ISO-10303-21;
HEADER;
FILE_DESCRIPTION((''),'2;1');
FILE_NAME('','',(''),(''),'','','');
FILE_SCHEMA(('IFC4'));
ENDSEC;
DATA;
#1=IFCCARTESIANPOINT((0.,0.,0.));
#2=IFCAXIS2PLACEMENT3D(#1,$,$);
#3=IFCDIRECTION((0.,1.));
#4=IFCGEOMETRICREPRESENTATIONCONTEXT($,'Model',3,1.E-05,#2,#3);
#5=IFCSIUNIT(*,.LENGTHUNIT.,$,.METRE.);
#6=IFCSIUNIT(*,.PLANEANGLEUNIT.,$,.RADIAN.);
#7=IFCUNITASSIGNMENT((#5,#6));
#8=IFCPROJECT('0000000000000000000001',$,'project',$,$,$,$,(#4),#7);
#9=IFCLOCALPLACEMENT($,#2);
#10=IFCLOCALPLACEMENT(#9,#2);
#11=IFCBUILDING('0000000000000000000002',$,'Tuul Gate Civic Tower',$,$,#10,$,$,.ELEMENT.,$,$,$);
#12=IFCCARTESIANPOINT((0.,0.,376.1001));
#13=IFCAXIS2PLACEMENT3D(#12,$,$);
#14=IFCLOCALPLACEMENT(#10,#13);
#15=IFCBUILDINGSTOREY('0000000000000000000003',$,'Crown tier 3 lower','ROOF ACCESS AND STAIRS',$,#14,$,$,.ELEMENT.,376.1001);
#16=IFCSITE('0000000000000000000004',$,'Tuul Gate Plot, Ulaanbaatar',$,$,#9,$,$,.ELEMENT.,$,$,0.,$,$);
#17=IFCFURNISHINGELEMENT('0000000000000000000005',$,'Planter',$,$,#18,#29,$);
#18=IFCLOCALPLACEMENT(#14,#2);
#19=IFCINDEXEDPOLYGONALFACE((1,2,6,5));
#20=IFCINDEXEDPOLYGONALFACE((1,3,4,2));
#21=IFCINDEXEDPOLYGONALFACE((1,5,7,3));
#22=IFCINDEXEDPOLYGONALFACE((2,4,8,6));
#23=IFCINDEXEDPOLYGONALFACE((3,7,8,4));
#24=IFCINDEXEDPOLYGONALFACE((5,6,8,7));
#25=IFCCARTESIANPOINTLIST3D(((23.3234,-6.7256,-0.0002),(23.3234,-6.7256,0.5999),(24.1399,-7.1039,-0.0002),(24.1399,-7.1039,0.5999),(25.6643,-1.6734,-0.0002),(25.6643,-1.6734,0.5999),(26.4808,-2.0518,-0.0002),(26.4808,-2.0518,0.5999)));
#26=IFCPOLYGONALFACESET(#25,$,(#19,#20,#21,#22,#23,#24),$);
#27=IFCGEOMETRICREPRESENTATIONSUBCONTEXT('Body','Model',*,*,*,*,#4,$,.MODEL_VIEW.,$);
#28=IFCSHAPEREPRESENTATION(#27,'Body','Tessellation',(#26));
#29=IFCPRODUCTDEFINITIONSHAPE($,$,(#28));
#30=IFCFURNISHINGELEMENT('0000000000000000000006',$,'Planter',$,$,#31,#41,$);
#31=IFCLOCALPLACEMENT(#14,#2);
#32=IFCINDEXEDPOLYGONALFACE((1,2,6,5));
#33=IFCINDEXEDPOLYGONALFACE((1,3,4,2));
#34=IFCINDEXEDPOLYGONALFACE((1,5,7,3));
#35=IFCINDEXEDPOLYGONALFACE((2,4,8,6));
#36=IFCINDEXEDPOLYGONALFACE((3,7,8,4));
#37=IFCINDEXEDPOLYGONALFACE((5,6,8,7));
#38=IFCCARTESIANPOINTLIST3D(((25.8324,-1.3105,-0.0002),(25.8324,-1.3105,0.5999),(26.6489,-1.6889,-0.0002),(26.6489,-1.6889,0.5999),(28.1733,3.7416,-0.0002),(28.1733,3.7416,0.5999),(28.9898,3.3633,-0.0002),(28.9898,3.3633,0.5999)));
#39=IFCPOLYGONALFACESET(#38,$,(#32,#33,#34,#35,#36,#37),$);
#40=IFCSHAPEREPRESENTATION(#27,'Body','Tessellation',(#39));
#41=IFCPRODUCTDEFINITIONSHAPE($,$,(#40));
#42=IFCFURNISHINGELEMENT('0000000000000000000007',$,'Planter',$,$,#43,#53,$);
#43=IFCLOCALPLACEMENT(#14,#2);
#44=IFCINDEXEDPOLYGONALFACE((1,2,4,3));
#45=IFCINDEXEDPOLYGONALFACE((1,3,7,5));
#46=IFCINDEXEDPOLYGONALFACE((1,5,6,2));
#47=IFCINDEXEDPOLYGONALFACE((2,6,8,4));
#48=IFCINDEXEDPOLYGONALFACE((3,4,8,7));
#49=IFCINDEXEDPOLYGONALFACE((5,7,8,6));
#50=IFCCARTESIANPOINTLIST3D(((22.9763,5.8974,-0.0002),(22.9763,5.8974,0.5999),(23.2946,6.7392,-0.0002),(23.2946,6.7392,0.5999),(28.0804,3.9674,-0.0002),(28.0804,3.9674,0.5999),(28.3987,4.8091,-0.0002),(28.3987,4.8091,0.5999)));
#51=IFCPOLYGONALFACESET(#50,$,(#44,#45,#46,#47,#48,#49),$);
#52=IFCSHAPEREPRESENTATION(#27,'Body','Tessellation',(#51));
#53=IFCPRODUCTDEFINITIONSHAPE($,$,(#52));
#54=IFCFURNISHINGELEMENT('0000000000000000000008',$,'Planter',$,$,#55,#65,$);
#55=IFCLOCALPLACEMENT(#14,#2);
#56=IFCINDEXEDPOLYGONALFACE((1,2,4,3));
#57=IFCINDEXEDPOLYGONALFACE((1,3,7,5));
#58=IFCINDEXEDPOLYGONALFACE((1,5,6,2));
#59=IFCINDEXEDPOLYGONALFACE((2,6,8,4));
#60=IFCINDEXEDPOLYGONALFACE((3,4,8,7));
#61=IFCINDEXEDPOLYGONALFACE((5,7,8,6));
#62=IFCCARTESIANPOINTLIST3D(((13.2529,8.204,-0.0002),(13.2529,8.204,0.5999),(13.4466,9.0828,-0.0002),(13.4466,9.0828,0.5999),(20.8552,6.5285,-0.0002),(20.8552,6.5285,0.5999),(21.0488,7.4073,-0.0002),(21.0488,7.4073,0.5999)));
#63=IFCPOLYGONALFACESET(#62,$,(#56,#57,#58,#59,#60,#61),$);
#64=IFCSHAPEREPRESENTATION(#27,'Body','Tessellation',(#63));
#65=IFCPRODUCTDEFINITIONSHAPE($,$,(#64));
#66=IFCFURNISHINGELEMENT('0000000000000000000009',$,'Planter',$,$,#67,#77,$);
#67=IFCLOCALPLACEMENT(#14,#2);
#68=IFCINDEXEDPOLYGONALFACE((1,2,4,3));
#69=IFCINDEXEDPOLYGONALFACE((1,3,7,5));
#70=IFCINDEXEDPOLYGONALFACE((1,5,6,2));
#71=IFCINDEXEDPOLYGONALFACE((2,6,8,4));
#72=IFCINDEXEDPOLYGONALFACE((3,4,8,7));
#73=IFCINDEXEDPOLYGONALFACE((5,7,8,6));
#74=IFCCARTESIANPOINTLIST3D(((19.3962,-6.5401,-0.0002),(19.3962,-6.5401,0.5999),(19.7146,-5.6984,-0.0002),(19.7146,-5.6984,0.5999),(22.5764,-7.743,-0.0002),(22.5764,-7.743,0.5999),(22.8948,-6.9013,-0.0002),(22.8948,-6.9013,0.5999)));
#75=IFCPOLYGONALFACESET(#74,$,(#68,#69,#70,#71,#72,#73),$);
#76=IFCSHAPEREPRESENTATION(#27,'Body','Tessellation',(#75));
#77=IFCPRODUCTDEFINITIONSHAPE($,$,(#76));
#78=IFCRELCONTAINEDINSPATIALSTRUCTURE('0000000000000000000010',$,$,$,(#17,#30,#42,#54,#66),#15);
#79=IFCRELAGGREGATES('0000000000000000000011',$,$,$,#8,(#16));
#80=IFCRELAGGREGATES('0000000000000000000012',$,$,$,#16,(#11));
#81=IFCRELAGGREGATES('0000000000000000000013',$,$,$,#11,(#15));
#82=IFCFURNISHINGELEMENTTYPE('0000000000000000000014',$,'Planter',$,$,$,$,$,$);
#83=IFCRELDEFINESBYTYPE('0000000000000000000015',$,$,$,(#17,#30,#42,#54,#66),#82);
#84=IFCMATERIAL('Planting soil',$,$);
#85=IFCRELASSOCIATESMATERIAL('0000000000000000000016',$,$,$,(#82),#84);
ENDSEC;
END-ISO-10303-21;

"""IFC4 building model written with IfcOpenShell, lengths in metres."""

from ifc_helpers import new_model, si_unit, direction, frame, origin, origin_2d, place, context, subcontext, project, spatial, rectangle, extrude, material, type_object, element, save


model = new_model("IFC4")

# Units and contexts
model_context = context("Model", 3, precision=1e-05, world=origin(), true_north=direction((0.0, 1.0)))
body_context = subcontext(model_context, "Body", "Model", "MODEL_VIEW")
ifc_project = project(units=[si_unit("LENGTHUNIT", "METRE"), si_unit("PLANEANGLEUNIT", "RADIAN")], contexts=[model_context])

# Site, building, storey
site_placement = place(None, origin())
site = spatial("IfcSite", under=ifc_project, at=site_placement, Name="Tuul Gate Plot, Ulaanbaatar", CompositionType="ELEMENT", RefElevation=0.0)
building_placement = place(site_placement, origin())
building = spatial("IfcBuilding", under=site, at=building_placement, Name="Tuul Gate Civic Tower", CompositionType="ELEMENT")
storey_placement = place(building_placement, frame((0.0, 0.0, 376.1001)))
storey = spatial("IfcBuildingStorey", under=building, at=storey_placement, Name="Crown tier 3 lower", Description="ROOF ACCESS AND STAIRS", CompositionType="ELEMENT", Elevation=376.1001)

# Furnishing elements
ifc_material_1 = material(Name="Planting soil")
furnishing_element_type = type_object("IfcFurnishingElementType", Name="Planter", material=ifc_material_1)
for number, where, z_axis, x_axis, name in (
    (1, (24.9021, -4.3887, -0.0002), (0.0, 0.0, 1.0), (0.420409, 0.907335, 0.0), "Planter"),
    (2, (27.4111, 1.0264, -0.0002), (0.0, 0.0, 1.0), (0.420409, 0.907335, 0.0), "Planter"),
):
    element("IfcFurnishingElement", number, at=place(storey_placement, frame(where, z_axis=z_axis, x_axis=x_axis)), inside=storey, type_object=furnishing_element_type, Name=name, context=body_context, shape_type="SweptSolid", body=[
        extrude(rectangle(XDim=5.5681, YDim=0.8999, at=origin_2d()), origin(), (0.0, 0.0, 1.0), 0.6001),
    ])
furnishing_1_placement = place(storey_placement, frame((25.6875, 5.3533, -0.0002), z_axis=(0.0, 0.0, 1.0), x_axis=(-0.935358, 0.353703, 0.0)))
element("IfcFurnishingElement", 3, at=furnishing_1_placement, inside=storey, type_object=furnishing_element_type, Name="Planter", context=body_context, shape_type="SweptSolid", body=[
    extrude(rectangle(XDim=5.4568, YDim=0.8999, at=origin_2d()), origin(), (0.0, 0.0, 1.0), 0.6001),
])
furnishing_2_placement = place(storey_placement, frame((17.1509, 7.8057, -0.0002), z_axis=(0.0, 0.0, 1.0), x_axis=(-0.976564, 0.215225, 0.0)))
element("IfcFurnishingElement", 4, at=furnishing_2_placement, inside=storey, type_object=furnishing_element_type, Name="Planter", context=body_context, shape_type="SweptSolid", body=[
    extrude(rectangle(XDim=7.7847, YDim=0.8999, at=origin_2d()), origin(), (0.0, 0.0, 1.0), 0.6001),
])
furnishing_3_placement = place(storey_placement, frame((21.1455, -6.7207, -0.0002), z_axis=(0.0, 0.0, 1.0), x_axis=(0.935326, -0.353786, 0.0)))
element("IfcFurnishingElement", 5, at=furnishing_3_placement, inside=storey, type_object=furnishing_element_type, Name="Planter", context=body_context, shape_type="SweptSolid", body=[
    extrude(rectangle(XDim=3.4001, YDim=0.8999, at=origin_2d()), origin(), (0.0, 0.0, 1.0), 0.6001),
])

save(model, "model.ifc")
